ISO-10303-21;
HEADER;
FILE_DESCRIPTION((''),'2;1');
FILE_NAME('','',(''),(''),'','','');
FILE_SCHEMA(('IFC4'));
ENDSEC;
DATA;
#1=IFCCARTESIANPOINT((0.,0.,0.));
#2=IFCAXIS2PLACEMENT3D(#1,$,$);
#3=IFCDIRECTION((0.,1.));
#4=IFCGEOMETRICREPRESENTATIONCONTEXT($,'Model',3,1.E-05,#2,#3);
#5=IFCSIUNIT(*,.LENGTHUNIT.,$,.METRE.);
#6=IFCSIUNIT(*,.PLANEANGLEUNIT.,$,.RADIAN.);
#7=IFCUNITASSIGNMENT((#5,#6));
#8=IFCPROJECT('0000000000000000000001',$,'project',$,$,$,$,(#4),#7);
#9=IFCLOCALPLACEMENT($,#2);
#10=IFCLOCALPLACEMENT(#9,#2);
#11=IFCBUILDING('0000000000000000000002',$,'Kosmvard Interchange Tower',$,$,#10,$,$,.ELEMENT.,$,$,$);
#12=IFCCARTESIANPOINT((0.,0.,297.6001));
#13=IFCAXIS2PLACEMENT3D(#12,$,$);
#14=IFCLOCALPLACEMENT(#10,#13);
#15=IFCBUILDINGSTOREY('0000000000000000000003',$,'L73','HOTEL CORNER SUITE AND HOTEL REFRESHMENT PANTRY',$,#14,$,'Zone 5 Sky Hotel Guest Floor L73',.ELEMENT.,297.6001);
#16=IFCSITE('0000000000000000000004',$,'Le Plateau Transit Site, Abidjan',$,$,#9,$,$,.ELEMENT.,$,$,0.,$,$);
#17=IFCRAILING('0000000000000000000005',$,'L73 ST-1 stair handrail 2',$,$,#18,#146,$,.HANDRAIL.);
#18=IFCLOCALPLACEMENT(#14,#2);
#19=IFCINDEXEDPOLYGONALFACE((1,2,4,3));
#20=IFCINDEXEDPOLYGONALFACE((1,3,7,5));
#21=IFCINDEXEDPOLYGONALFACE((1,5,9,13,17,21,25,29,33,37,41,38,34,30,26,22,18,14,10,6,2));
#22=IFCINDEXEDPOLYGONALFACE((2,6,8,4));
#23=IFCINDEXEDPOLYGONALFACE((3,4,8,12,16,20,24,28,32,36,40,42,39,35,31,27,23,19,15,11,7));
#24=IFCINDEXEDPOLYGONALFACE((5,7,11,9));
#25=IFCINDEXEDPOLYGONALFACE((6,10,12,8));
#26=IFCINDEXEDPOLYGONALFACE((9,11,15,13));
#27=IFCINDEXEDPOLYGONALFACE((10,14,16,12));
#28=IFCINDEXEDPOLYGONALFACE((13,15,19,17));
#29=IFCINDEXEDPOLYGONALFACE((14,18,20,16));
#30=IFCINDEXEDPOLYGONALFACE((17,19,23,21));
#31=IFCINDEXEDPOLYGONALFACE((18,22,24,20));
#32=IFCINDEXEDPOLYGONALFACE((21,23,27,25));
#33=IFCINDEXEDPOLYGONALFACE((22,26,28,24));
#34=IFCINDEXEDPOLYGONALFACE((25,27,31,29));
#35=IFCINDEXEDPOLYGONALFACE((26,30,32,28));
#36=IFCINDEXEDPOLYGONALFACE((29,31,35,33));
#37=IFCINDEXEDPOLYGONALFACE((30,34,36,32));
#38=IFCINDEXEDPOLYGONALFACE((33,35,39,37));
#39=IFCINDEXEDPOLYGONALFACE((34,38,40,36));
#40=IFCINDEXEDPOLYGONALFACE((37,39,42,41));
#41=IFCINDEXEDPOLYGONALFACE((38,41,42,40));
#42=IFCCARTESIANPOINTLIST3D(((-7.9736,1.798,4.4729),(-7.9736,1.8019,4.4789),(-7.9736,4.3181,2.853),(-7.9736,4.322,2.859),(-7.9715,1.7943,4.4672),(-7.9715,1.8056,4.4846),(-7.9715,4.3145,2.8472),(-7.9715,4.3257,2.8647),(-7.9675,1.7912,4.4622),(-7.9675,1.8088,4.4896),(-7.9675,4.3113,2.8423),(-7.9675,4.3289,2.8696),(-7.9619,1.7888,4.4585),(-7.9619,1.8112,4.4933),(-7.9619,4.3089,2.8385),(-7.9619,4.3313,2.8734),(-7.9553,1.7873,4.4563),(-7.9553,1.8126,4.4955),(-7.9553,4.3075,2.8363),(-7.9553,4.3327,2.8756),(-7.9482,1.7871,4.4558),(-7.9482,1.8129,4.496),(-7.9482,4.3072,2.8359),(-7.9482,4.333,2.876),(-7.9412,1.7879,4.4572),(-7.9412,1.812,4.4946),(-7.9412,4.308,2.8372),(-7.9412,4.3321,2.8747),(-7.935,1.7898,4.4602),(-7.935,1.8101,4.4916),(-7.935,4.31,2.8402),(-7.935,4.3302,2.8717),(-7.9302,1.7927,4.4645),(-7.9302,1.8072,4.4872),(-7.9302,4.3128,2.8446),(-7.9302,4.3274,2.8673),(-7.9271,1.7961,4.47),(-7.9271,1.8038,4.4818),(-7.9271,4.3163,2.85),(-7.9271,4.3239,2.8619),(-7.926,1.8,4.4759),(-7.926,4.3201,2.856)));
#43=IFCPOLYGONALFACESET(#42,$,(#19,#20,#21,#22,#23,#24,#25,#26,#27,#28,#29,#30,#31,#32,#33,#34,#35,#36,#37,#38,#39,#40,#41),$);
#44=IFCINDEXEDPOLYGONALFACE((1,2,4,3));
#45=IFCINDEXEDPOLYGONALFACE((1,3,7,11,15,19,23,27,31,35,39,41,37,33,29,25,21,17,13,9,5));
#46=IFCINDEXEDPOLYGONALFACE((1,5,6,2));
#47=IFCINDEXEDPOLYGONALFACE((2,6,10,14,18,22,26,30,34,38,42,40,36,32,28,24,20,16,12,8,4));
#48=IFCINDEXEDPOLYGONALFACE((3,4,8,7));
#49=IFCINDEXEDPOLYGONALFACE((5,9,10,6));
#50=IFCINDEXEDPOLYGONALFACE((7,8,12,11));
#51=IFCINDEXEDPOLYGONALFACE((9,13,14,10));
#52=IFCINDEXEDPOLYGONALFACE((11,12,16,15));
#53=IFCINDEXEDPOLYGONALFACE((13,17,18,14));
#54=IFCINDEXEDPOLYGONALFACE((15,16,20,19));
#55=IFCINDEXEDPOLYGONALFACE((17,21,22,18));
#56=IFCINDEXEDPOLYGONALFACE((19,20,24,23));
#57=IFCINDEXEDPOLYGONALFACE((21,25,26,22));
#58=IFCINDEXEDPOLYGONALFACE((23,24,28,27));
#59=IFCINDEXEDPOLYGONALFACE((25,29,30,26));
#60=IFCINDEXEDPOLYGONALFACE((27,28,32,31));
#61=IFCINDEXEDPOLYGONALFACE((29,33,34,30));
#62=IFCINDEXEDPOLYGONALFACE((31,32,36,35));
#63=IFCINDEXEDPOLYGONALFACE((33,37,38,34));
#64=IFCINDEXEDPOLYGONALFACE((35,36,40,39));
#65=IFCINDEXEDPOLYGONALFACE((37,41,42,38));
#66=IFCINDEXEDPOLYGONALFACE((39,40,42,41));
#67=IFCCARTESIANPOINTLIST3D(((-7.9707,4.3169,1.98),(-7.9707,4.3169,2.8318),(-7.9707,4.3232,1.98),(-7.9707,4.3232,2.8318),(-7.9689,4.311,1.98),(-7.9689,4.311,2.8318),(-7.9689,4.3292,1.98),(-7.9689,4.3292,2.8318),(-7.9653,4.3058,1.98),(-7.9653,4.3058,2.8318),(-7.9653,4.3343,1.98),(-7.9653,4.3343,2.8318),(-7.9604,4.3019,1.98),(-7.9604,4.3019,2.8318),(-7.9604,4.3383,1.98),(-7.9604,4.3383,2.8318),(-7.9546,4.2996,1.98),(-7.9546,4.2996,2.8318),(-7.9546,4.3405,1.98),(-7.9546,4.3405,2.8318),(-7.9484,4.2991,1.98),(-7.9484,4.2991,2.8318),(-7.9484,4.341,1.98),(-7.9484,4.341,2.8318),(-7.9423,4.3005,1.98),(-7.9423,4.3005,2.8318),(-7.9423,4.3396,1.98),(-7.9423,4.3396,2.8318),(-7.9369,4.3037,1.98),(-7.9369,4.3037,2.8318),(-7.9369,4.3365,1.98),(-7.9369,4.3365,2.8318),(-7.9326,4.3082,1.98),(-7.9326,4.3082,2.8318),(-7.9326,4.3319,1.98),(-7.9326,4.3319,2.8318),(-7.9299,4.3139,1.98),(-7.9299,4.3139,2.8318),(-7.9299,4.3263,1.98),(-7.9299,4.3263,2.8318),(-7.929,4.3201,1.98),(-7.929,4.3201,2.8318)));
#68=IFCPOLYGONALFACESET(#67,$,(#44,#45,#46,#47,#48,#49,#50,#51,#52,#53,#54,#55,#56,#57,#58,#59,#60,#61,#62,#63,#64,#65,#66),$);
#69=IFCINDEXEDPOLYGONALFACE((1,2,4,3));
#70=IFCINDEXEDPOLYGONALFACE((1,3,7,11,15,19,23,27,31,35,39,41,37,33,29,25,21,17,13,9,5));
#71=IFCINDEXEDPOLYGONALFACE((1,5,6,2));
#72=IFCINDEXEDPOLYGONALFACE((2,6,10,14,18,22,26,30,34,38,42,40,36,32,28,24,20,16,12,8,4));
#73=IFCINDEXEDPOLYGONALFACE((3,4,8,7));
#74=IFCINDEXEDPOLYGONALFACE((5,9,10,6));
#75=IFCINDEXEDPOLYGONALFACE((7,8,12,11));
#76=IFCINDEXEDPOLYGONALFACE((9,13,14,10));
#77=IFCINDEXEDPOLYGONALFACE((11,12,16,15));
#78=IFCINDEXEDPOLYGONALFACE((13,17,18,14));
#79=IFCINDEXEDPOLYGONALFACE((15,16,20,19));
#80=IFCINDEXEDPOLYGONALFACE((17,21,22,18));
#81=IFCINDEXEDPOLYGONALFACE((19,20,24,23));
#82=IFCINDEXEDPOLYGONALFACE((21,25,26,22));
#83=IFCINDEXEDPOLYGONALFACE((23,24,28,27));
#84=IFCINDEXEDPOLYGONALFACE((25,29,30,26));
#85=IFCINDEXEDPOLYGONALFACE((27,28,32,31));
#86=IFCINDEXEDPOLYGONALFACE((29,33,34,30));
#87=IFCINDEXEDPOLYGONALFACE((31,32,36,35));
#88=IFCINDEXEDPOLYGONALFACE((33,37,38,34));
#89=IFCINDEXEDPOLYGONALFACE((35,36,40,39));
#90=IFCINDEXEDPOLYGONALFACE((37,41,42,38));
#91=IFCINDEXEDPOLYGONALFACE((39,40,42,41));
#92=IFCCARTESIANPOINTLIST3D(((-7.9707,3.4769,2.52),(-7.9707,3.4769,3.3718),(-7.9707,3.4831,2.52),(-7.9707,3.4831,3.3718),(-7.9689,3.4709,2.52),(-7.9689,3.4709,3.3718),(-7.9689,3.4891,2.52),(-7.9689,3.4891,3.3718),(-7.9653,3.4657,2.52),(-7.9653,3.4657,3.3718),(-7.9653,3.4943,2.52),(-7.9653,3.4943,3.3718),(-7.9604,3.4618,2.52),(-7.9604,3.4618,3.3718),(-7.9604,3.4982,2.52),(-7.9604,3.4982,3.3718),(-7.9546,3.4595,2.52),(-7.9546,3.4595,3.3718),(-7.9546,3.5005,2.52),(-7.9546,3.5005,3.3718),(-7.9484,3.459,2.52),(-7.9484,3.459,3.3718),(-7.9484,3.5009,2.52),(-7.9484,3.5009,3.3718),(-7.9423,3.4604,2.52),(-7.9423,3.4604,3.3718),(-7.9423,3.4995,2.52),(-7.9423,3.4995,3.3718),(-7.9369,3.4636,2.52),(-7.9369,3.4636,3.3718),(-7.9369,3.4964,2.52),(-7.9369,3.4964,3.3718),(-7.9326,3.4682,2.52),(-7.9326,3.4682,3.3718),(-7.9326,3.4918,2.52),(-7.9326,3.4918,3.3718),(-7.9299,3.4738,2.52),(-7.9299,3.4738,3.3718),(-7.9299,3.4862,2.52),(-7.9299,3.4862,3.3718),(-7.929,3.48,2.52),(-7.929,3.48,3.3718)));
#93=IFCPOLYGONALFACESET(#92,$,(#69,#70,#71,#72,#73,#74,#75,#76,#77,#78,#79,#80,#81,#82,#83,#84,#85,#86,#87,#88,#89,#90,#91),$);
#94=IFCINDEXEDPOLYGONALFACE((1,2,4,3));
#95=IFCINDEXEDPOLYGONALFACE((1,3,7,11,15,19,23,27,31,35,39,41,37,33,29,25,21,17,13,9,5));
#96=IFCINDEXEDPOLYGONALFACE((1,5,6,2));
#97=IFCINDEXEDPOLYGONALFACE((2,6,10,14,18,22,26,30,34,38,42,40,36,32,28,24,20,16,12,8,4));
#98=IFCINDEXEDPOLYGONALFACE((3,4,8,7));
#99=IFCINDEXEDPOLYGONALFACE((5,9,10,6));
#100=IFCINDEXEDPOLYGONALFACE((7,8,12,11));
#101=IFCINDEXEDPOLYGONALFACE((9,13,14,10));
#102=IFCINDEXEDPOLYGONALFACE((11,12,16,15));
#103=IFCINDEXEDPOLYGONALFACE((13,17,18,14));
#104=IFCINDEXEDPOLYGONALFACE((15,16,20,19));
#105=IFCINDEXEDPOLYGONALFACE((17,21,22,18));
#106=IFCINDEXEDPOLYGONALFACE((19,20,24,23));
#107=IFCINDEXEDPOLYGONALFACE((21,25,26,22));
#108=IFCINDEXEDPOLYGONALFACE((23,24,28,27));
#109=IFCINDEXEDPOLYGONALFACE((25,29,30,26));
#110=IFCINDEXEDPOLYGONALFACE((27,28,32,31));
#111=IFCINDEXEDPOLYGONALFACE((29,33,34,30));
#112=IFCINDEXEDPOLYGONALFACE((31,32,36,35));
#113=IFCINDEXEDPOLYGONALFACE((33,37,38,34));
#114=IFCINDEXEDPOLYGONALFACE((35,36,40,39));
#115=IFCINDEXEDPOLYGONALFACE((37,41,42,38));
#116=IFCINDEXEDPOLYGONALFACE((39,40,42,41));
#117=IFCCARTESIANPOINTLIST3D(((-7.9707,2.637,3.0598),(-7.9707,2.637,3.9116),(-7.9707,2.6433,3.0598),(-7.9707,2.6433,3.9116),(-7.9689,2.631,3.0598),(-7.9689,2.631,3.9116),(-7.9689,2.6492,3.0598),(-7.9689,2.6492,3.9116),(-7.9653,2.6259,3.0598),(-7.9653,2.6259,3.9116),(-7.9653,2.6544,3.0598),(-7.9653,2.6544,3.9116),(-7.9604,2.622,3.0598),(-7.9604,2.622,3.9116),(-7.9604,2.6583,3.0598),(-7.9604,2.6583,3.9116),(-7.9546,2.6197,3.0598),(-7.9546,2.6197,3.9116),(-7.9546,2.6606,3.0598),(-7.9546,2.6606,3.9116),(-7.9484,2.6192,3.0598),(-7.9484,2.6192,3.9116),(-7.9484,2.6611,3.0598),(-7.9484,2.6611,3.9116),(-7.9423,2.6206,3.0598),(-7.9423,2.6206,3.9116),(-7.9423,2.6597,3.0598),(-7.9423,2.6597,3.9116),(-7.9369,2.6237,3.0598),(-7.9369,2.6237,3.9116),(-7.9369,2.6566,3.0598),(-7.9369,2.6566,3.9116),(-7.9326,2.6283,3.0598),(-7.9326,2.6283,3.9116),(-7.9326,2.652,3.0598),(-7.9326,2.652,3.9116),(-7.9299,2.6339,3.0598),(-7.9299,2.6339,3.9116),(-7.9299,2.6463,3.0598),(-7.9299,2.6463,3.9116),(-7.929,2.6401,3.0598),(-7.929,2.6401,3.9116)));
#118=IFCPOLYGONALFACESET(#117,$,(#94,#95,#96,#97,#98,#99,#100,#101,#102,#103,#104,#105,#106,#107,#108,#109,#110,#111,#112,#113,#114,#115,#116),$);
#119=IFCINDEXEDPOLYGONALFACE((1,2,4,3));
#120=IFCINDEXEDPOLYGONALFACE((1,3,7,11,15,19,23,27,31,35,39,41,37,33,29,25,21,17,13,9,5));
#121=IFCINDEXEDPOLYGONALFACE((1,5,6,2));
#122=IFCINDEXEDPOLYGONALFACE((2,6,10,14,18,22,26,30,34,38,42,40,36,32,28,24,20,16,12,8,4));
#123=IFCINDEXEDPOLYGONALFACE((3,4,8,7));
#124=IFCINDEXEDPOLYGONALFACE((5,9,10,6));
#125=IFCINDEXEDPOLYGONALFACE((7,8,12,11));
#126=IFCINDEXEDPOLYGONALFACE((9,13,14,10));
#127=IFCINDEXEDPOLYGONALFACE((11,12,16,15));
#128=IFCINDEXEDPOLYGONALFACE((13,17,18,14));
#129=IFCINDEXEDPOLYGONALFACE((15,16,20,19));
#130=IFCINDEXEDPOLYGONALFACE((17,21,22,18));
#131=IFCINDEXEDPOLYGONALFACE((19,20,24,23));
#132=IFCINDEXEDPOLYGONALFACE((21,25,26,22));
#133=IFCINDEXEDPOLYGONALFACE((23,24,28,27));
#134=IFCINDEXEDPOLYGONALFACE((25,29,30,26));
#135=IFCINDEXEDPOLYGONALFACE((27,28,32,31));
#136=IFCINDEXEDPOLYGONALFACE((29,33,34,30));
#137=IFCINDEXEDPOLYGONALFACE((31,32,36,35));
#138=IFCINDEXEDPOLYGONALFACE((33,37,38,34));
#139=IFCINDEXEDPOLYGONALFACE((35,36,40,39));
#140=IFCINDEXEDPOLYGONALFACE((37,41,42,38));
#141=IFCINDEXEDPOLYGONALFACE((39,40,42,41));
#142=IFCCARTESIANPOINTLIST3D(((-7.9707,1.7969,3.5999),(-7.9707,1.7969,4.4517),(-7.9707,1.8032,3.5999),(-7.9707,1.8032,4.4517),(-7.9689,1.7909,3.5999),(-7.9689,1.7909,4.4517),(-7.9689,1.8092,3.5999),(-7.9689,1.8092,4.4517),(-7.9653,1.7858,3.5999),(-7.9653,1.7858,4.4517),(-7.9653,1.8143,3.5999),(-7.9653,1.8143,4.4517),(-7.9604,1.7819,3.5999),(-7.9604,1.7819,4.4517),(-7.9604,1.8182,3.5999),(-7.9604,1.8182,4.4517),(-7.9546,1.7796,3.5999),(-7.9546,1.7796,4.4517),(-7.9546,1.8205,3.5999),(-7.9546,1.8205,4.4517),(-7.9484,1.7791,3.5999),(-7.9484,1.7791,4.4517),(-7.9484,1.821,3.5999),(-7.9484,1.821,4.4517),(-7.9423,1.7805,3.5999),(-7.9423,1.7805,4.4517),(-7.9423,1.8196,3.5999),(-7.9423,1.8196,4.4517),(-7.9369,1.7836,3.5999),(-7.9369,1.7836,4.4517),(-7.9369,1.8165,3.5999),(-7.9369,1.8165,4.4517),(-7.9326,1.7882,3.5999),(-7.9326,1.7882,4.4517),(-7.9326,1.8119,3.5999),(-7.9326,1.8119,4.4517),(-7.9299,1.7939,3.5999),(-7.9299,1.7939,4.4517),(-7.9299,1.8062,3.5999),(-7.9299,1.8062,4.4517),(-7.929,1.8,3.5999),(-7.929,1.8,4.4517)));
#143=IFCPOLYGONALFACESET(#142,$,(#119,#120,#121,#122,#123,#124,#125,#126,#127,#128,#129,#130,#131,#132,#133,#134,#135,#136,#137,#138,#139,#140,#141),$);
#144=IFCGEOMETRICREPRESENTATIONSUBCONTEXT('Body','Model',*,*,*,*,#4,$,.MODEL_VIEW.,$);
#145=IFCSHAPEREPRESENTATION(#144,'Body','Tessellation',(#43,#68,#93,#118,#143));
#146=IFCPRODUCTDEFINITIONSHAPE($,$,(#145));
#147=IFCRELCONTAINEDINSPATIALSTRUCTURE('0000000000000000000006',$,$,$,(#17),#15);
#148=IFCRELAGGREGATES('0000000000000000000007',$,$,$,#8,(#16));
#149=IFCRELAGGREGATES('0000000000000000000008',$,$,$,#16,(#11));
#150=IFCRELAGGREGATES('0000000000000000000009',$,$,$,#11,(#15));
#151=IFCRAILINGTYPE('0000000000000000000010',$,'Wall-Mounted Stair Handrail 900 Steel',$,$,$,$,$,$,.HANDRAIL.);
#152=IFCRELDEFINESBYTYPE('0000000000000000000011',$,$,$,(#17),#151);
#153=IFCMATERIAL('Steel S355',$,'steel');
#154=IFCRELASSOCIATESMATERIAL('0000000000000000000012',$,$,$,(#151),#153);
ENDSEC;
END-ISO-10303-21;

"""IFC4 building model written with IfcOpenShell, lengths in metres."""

from ifc_helpers import new_model, si_unit, direction, frame, origin, origin_2d, place, context, subcontext, project, spatial, circle, extrude, source, transform, mapped, material, type_object, element, save


model = new_model("IFC4")

# Units and contexts
model_context = context("Model", 3, precision=1e-05, world=origin(), true_north=direction((0.0, 1.0)))
body_context = subcontext(model_context, "Body", "Model", "MODEL_VIEW")
ifc_project = project(units=[si_unit("LENGTHUNIT", "METRE"), si_unit("PLANEANGLEUNIT", "RADIAN")], contexts=[model_context])

# Site, building, storey
site_placement = place(None, origin())
site = spatial("IfcSite", under=ifc_project, at=site_placement, Name="Le Plateau Transit Site, Abidjan", CompositionType="ELEMENT", RefElevation=0.0)
building_placement = place(site_placement, origin())
building = spatial("IfcBuilding", under=site, at=building_placement, Name="Kosmvard Interchange Tower", CompositionType="ELEMENT")
storey_placement = place(building_placement, frame((0.0, 0.0, 297.6001)))
storey = spatial("IfcBuildingStorey", under=building, at=storey_placement, Name="L73", Description="HOTEL CORNER SUITE AND HOTEL REFRESHMENT PANTRY", LongName="Zone 5 Sky Hotel Guest Floor L73", CompositionType="ELEMENT", Elevation=297.6001)

# Shared definitions
ifc_material_1 = material(Name="Steel S355", Category="steel")

# Railing
railing_type_1 = type_object("IfcRailingType", Name="Wall-Mounted Stair Handrail 900 Steel", PredefinedType="HANDRAIL", material=ifc_material_1)
shared_shape_1 = source(origin(), body_context, "Body", "SweptSolid", [
    extrude(circle(Radius=0.0239, at=origin_2d()), frame((0.0, 0.0, 0.876), z_axis=(0.0, -0.8412, 0.540725), x_axis=(1.0, 0.0, 0.0)), (0.0, 0.0, 1.0), 2.9958),
    extrude(circle(Radius=0.021, at=origin_2d()), origin(), (0.0, 0.0, 1.0), 0.8518),
    extrude(circle(Radius=0.021, at=origin_2d()), frame((0.0, -0.8401, 0.54)), (0.0, 0.0, 1.0), 0.8518),
    extrude(circle(Radius=0.021, at=origin_2d()), frame((0.0, -1.6799, 1.0798)), (0.0, 0.0, 1.0), 0.8518),
    extrude(circle(Radius=0.021, at=origin_2d()), frame((0.0, -2.52, 1.6199)), (0.0, 0.0, 1.0), 0.8518),
])
railing_1_placement = place(storey_placement, frame((-7.95, 4.3201, 1.98)))
element("IfcRailing", 1, at=railing_1_placement, inside=storey, type_object=railing_type_1, Name="L73 ST-1 stair handrail 2", PredefinedType="HANDRAIL", context=body_context, shape_type="MappedRepresentation", body=[
    mapped(shared_shape_1, transform((0.0, 0.0, 0.0), scale=1.0)),
])

save(model, "model.ifc")
